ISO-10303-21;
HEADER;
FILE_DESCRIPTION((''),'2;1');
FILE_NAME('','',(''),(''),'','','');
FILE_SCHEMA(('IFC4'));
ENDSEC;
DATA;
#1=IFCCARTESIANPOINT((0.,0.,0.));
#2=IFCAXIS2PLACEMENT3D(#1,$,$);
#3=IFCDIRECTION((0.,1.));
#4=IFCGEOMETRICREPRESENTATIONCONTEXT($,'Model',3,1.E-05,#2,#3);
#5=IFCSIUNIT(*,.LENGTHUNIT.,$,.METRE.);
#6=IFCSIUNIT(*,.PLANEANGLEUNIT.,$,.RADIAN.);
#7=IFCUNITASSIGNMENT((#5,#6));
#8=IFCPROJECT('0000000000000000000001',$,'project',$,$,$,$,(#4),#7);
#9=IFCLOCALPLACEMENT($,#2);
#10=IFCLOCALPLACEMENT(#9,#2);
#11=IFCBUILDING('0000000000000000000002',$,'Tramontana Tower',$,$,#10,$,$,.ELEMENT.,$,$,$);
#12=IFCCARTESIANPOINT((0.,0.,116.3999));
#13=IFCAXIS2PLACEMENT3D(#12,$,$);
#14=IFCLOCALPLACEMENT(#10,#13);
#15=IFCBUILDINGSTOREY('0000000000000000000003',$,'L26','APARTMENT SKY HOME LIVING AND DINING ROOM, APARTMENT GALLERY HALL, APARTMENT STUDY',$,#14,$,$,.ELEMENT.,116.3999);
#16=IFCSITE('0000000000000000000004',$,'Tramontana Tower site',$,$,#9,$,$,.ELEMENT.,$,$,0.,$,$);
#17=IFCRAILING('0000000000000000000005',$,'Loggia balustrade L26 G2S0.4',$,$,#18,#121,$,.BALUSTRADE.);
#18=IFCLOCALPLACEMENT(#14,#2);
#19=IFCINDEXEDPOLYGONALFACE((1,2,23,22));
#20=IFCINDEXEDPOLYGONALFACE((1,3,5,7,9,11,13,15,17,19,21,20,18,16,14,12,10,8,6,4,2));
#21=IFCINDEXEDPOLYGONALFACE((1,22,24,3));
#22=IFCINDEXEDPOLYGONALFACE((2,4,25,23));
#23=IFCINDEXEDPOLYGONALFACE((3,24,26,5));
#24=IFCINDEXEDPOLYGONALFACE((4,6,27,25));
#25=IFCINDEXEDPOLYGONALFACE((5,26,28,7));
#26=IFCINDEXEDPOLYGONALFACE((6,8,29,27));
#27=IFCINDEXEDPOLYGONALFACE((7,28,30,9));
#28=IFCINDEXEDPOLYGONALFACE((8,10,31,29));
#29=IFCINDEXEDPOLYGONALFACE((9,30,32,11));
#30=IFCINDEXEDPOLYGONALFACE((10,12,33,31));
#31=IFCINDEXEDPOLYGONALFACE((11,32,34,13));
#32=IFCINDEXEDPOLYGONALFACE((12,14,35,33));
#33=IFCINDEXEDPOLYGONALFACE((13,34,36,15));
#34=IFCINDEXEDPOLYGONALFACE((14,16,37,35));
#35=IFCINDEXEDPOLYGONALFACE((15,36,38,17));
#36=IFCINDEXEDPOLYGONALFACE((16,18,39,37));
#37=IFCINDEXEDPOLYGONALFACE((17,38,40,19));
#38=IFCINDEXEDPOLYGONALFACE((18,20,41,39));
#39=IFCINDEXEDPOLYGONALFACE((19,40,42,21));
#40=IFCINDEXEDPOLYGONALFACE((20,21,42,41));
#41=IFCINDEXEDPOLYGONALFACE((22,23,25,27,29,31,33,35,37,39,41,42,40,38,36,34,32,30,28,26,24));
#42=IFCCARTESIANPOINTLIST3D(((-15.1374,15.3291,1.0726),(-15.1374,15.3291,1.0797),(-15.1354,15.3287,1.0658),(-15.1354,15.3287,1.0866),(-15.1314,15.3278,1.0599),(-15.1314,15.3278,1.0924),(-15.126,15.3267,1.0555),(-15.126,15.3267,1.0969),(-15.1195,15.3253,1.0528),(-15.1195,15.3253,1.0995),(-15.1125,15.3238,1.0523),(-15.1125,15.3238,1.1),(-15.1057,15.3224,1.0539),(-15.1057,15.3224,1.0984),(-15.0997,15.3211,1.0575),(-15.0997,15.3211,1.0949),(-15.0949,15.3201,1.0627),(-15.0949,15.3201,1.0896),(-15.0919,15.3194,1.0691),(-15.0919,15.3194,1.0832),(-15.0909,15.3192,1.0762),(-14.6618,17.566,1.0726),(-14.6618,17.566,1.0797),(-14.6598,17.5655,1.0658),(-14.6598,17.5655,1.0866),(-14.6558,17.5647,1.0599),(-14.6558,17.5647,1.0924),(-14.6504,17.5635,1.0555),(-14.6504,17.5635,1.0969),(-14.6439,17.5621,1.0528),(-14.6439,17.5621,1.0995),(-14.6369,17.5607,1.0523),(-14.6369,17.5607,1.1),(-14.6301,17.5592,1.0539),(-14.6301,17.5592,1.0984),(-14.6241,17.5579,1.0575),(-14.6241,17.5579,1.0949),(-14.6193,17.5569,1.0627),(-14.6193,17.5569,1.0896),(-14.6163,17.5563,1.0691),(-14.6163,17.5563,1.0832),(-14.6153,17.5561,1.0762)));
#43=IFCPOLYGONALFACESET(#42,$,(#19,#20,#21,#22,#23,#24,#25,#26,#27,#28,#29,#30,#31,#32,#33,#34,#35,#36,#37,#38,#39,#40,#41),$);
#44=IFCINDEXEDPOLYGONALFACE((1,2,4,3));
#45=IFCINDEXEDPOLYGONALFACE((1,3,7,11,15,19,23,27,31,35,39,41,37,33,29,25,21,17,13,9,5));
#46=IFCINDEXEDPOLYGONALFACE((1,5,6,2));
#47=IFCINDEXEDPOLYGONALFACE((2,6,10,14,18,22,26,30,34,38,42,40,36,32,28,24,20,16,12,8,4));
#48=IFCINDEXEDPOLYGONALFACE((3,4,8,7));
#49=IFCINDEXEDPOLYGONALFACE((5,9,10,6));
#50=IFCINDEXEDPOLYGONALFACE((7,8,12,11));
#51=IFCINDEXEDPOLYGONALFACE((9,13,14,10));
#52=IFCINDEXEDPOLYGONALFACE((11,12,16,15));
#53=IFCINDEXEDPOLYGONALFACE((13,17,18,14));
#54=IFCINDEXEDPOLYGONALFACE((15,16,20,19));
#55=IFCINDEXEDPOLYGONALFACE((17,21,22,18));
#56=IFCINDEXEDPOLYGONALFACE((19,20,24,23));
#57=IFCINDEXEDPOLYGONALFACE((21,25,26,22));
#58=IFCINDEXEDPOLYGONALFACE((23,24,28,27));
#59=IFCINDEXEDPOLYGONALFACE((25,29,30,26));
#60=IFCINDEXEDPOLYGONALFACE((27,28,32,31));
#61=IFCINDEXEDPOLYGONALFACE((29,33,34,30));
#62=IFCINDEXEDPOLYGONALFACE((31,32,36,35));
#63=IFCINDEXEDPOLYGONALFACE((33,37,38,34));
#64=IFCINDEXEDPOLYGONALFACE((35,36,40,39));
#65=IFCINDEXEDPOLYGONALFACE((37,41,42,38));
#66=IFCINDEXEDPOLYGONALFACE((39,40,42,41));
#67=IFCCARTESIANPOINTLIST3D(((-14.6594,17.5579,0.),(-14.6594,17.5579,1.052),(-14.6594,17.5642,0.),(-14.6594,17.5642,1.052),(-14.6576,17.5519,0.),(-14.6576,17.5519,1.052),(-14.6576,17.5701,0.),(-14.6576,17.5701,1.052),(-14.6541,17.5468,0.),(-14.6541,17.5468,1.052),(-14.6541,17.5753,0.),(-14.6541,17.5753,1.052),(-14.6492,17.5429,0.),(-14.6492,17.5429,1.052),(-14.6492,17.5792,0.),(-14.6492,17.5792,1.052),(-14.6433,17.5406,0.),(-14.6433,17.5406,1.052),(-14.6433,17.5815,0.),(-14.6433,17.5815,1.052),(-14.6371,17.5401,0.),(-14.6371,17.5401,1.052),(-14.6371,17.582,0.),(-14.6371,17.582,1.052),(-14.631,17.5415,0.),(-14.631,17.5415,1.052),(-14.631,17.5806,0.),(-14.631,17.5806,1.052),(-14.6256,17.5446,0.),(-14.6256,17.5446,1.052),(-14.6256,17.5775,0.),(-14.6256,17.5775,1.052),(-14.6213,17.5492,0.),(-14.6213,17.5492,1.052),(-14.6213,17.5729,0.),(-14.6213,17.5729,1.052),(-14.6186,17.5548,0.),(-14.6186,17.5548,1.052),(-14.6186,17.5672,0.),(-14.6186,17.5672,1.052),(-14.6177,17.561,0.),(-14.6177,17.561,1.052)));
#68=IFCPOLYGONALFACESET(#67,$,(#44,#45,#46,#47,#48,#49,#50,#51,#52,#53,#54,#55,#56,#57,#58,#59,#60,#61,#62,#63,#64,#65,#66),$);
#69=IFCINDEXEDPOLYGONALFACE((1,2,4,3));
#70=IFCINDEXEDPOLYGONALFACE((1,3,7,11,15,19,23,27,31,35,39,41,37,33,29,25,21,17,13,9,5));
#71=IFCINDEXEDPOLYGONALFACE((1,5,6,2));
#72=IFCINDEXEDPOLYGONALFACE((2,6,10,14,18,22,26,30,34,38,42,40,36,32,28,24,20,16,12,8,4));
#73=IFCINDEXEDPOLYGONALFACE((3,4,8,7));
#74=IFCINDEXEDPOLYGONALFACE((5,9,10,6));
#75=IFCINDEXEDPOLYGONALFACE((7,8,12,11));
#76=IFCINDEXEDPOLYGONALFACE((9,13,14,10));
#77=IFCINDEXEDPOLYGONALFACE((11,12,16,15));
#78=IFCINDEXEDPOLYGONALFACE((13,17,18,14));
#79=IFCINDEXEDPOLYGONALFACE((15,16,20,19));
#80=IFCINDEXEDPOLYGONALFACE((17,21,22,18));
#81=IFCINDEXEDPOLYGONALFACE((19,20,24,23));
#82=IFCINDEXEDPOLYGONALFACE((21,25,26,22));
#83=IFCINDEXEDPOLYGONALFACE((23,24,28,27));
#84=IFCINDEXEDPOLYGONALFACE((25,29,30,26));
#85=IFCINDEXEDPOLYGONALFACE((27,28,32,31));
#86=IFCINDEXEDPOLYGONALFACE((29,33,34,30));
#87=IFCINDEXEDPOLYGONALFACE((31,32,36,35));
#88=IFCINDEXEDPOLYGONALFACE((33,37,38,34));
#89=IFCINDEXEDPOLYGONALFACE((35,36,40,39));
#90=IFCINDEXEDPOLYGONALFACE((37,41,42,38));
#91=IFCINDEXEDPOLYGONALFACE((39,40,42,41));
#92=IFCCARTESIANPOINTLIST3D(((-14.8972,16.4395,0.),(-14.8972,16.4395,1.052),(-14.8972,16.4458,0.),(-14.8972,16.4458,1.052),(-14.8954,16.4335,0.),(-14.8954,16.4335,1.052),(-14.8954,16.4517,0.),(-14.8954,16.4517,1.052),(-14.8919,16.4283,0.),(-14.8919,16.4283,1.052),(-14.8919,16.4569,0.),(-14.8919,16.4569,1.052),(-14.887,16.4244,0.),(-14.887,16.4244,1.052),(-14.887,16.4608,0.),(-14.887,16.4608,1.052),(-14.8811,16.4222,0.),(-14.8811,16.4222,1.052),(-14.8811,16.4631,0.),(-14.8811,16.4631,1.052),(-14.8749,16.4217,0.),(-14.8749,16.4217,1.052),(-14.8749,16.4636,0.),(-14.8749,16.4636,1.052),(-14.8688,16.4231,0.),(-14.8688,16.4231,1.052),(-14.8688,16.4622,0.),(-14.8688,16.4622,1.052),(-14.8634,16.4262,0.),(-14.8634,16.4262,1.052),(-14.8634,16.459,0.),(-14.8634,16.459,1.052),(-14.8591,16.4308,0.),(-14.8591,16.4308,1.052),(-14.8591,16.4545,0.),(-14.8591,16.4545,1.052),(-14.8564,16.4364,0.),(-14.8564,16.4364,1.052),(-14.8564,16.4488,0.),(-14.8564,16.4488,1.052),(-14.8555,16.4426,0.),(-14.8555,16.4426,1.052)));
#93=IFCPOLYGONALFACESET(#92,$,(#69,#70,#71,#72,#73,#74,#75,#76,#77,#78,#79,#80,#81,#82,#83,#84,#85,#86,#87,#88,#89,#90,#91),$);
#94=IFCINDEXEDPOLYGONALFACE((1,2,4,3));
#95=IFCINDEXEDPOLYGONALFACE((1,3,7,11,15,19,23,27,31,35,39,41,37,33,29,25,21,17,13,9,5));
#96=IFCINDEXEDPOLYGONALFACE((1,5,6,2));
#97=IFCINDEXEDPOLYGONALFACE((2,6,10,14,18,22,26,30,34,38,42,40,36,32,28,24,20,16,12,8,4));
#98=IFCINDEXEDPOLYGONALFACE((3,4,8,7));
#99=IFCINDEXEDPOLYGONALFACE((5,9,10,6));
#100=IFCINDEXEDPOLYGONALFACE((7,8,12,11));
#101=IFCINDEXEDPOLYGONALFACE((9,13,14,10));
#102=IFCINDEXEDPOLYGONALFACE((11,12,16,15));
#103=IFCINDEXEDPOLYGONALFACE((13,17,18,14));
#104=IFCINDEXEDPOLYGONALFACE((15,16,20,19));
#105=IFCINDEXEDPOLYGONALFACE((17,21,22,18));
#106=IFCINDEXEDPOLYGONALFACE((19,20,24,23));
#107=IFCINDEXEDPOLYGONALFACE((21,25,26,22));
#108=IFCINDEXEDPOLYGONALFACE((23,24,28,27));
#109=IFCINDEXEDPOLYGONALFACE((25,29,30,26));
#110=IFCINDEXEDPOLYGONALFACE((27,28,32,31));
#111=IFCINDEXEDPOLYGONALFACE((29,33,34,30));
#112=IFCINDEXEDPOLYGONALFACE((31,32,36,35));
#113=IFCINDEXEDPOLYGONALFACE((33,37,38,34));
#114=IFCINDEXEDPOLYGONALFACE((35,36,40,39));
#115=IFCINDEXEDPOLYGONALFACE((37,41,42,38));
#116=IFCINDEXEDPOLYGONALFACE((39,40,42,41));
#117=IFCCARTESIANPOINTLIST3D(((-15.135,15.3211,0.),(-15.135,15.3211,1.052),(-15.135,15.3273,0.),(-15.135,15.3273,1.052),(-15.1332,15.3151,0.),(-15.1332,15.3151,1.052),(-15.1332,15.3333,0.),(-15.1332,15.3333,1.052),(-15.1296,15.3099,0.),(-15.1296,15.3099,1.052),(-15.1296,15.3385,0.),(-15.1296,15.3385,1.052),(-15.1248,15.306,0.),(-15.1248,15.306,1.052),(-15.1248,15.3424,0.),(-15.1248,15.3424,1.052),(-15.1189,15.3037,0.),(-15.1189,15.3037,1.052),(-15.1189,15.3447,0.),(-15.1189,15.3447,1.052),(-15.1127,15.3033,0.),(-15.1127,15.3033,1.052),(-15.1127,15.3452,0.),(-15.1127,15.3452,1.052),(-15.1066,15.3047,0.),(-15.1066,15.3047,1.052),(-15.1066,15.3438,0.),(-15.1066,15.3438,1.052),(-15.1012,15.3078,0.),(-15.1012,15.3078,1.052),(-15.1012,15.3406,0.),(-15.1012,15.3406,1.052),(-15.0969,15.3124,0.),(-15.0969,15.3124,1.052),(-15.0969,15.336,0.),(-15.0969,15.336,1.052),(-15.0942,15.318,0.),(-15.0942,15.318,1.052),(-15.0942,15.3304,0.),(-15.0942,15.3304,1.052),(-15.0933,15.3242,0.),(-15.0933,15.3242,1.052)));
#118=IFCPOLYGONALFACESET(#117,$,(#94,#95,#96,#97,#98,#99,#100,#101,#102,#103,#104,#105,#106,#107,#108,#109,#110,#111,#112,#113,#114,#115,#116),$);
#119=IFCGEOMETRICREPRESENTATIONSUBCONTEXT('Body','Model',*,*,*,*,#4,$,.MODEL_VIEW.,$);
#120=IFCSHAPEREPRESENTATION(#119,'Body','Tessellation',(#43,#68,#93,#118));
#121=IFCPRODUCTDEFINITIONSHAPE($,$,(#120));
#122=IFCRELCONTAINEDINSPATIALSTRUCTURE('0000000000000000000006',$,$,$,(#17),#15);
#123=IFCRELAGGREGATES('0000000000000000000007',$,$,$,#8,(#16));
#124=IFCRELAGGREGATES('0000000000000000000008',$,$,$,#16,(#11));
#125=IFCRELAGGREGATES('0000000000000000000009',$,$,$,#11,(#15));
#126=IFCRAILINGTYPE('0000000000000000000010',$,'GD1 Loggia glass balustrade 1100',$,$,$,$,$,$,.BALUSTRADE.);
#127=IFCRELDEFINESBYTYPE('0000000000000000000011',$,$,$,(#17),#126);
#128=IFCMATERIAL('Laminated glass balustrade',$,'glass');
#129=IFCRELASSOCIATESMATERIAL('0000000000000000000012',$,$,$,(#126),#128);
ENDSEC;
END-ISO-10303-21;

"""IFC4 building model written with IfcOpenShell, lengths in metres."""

from ifc_helpers import new_model, si_unit, direction, frame, origin, origin_2d, place, context, subcontext, project, spatial, circle, extrude, material, type_object, element, save


model = new_model("IFC4")

# Units and contexts
model_context = context("Model", 3, precision=1e-05, world=origin(), true_north=direction((0.0, 1.0)))
body_context = subcontext(model_context, "Body", "Model", "MODEL_VIEW")
ifc_project = project(units=[si_unit("LENGTHUNIT", "METRE"), si_unit("PLANEANGLEUNIT", "RADIAN")], contexts=[model_context])

# Site, building, storey
site_placement = place(None, origin())
site = spatial("IfcSite", under=ifc_project, at=site_placement, Name="Tramontana Tower site", CompositionType="ELEMENT", RefElevation=0.0)
building_placement = place(site_placement, origin())
building = spatial("IfcBuilding", under=site, at=building_placement, Name="Tramontana Tower", CompositionType="ELEMENT")
storey_placement = place(building_placement, frame((0.0, 0.0, 116.3999)))
storey = spatial("IfcBuildingStorey", under=building, at=storey_placement, Name="L26", Description="APARTMENT SKY HOME LIVING AND DINING ROOM, APARTMENT GALLERY HALL, APARTMENT STUDY", CompositionType="ELEMENT", Elevation=116.3999)

# Railing
ifc_material_1 = material(Name="Laminated glass balustrade", Category="glass")
railing_type = type_object("IfcRailingType", Name="GD1 Loggia glass balustrade 1100", PredefinedType="BALUSTRADE", material=ifc_material_1)
railing_placement = place(storey_placement, frame((-14.6387, 17.561, 0.0)))
element("IfcRailing", 1, at=railing_placement, inside=storey, type_object=railing_type, Name="Loggia balustrade L26 G2S0.4", PredefinedType="BALUSTRADE", context=body_context, shape_type="SweptSolid", body=[
    extrude(circle(Radius=0.0239, at=origin_2d()), frame((0.0, 0.0, 1.0762), z_axis=(-0.207969, -0.978136, 0.0), x_axis=(0.978136, -0.207969, 0.0)), (0.0, 0.0, 1.0), 2.2869),
    extrude(circle(Radius=0.021, at=origin_2d()), origin(), (0.0, 0.0, 1.0), 1.052),
    extrude(circle(Radius=0.021, at=origin_2d()), frame((-0.2378, -1.1184, 0.0)), (0.0, 0.0, 1.0), 1.052),
    extrude(circle(Radius=0.021, at=origin_2d()), frame((-0.4756, -2.2368, 0.0)), (0.0, 0.0, 1.0), 1.052),
])

save(model, "model.ifc")
